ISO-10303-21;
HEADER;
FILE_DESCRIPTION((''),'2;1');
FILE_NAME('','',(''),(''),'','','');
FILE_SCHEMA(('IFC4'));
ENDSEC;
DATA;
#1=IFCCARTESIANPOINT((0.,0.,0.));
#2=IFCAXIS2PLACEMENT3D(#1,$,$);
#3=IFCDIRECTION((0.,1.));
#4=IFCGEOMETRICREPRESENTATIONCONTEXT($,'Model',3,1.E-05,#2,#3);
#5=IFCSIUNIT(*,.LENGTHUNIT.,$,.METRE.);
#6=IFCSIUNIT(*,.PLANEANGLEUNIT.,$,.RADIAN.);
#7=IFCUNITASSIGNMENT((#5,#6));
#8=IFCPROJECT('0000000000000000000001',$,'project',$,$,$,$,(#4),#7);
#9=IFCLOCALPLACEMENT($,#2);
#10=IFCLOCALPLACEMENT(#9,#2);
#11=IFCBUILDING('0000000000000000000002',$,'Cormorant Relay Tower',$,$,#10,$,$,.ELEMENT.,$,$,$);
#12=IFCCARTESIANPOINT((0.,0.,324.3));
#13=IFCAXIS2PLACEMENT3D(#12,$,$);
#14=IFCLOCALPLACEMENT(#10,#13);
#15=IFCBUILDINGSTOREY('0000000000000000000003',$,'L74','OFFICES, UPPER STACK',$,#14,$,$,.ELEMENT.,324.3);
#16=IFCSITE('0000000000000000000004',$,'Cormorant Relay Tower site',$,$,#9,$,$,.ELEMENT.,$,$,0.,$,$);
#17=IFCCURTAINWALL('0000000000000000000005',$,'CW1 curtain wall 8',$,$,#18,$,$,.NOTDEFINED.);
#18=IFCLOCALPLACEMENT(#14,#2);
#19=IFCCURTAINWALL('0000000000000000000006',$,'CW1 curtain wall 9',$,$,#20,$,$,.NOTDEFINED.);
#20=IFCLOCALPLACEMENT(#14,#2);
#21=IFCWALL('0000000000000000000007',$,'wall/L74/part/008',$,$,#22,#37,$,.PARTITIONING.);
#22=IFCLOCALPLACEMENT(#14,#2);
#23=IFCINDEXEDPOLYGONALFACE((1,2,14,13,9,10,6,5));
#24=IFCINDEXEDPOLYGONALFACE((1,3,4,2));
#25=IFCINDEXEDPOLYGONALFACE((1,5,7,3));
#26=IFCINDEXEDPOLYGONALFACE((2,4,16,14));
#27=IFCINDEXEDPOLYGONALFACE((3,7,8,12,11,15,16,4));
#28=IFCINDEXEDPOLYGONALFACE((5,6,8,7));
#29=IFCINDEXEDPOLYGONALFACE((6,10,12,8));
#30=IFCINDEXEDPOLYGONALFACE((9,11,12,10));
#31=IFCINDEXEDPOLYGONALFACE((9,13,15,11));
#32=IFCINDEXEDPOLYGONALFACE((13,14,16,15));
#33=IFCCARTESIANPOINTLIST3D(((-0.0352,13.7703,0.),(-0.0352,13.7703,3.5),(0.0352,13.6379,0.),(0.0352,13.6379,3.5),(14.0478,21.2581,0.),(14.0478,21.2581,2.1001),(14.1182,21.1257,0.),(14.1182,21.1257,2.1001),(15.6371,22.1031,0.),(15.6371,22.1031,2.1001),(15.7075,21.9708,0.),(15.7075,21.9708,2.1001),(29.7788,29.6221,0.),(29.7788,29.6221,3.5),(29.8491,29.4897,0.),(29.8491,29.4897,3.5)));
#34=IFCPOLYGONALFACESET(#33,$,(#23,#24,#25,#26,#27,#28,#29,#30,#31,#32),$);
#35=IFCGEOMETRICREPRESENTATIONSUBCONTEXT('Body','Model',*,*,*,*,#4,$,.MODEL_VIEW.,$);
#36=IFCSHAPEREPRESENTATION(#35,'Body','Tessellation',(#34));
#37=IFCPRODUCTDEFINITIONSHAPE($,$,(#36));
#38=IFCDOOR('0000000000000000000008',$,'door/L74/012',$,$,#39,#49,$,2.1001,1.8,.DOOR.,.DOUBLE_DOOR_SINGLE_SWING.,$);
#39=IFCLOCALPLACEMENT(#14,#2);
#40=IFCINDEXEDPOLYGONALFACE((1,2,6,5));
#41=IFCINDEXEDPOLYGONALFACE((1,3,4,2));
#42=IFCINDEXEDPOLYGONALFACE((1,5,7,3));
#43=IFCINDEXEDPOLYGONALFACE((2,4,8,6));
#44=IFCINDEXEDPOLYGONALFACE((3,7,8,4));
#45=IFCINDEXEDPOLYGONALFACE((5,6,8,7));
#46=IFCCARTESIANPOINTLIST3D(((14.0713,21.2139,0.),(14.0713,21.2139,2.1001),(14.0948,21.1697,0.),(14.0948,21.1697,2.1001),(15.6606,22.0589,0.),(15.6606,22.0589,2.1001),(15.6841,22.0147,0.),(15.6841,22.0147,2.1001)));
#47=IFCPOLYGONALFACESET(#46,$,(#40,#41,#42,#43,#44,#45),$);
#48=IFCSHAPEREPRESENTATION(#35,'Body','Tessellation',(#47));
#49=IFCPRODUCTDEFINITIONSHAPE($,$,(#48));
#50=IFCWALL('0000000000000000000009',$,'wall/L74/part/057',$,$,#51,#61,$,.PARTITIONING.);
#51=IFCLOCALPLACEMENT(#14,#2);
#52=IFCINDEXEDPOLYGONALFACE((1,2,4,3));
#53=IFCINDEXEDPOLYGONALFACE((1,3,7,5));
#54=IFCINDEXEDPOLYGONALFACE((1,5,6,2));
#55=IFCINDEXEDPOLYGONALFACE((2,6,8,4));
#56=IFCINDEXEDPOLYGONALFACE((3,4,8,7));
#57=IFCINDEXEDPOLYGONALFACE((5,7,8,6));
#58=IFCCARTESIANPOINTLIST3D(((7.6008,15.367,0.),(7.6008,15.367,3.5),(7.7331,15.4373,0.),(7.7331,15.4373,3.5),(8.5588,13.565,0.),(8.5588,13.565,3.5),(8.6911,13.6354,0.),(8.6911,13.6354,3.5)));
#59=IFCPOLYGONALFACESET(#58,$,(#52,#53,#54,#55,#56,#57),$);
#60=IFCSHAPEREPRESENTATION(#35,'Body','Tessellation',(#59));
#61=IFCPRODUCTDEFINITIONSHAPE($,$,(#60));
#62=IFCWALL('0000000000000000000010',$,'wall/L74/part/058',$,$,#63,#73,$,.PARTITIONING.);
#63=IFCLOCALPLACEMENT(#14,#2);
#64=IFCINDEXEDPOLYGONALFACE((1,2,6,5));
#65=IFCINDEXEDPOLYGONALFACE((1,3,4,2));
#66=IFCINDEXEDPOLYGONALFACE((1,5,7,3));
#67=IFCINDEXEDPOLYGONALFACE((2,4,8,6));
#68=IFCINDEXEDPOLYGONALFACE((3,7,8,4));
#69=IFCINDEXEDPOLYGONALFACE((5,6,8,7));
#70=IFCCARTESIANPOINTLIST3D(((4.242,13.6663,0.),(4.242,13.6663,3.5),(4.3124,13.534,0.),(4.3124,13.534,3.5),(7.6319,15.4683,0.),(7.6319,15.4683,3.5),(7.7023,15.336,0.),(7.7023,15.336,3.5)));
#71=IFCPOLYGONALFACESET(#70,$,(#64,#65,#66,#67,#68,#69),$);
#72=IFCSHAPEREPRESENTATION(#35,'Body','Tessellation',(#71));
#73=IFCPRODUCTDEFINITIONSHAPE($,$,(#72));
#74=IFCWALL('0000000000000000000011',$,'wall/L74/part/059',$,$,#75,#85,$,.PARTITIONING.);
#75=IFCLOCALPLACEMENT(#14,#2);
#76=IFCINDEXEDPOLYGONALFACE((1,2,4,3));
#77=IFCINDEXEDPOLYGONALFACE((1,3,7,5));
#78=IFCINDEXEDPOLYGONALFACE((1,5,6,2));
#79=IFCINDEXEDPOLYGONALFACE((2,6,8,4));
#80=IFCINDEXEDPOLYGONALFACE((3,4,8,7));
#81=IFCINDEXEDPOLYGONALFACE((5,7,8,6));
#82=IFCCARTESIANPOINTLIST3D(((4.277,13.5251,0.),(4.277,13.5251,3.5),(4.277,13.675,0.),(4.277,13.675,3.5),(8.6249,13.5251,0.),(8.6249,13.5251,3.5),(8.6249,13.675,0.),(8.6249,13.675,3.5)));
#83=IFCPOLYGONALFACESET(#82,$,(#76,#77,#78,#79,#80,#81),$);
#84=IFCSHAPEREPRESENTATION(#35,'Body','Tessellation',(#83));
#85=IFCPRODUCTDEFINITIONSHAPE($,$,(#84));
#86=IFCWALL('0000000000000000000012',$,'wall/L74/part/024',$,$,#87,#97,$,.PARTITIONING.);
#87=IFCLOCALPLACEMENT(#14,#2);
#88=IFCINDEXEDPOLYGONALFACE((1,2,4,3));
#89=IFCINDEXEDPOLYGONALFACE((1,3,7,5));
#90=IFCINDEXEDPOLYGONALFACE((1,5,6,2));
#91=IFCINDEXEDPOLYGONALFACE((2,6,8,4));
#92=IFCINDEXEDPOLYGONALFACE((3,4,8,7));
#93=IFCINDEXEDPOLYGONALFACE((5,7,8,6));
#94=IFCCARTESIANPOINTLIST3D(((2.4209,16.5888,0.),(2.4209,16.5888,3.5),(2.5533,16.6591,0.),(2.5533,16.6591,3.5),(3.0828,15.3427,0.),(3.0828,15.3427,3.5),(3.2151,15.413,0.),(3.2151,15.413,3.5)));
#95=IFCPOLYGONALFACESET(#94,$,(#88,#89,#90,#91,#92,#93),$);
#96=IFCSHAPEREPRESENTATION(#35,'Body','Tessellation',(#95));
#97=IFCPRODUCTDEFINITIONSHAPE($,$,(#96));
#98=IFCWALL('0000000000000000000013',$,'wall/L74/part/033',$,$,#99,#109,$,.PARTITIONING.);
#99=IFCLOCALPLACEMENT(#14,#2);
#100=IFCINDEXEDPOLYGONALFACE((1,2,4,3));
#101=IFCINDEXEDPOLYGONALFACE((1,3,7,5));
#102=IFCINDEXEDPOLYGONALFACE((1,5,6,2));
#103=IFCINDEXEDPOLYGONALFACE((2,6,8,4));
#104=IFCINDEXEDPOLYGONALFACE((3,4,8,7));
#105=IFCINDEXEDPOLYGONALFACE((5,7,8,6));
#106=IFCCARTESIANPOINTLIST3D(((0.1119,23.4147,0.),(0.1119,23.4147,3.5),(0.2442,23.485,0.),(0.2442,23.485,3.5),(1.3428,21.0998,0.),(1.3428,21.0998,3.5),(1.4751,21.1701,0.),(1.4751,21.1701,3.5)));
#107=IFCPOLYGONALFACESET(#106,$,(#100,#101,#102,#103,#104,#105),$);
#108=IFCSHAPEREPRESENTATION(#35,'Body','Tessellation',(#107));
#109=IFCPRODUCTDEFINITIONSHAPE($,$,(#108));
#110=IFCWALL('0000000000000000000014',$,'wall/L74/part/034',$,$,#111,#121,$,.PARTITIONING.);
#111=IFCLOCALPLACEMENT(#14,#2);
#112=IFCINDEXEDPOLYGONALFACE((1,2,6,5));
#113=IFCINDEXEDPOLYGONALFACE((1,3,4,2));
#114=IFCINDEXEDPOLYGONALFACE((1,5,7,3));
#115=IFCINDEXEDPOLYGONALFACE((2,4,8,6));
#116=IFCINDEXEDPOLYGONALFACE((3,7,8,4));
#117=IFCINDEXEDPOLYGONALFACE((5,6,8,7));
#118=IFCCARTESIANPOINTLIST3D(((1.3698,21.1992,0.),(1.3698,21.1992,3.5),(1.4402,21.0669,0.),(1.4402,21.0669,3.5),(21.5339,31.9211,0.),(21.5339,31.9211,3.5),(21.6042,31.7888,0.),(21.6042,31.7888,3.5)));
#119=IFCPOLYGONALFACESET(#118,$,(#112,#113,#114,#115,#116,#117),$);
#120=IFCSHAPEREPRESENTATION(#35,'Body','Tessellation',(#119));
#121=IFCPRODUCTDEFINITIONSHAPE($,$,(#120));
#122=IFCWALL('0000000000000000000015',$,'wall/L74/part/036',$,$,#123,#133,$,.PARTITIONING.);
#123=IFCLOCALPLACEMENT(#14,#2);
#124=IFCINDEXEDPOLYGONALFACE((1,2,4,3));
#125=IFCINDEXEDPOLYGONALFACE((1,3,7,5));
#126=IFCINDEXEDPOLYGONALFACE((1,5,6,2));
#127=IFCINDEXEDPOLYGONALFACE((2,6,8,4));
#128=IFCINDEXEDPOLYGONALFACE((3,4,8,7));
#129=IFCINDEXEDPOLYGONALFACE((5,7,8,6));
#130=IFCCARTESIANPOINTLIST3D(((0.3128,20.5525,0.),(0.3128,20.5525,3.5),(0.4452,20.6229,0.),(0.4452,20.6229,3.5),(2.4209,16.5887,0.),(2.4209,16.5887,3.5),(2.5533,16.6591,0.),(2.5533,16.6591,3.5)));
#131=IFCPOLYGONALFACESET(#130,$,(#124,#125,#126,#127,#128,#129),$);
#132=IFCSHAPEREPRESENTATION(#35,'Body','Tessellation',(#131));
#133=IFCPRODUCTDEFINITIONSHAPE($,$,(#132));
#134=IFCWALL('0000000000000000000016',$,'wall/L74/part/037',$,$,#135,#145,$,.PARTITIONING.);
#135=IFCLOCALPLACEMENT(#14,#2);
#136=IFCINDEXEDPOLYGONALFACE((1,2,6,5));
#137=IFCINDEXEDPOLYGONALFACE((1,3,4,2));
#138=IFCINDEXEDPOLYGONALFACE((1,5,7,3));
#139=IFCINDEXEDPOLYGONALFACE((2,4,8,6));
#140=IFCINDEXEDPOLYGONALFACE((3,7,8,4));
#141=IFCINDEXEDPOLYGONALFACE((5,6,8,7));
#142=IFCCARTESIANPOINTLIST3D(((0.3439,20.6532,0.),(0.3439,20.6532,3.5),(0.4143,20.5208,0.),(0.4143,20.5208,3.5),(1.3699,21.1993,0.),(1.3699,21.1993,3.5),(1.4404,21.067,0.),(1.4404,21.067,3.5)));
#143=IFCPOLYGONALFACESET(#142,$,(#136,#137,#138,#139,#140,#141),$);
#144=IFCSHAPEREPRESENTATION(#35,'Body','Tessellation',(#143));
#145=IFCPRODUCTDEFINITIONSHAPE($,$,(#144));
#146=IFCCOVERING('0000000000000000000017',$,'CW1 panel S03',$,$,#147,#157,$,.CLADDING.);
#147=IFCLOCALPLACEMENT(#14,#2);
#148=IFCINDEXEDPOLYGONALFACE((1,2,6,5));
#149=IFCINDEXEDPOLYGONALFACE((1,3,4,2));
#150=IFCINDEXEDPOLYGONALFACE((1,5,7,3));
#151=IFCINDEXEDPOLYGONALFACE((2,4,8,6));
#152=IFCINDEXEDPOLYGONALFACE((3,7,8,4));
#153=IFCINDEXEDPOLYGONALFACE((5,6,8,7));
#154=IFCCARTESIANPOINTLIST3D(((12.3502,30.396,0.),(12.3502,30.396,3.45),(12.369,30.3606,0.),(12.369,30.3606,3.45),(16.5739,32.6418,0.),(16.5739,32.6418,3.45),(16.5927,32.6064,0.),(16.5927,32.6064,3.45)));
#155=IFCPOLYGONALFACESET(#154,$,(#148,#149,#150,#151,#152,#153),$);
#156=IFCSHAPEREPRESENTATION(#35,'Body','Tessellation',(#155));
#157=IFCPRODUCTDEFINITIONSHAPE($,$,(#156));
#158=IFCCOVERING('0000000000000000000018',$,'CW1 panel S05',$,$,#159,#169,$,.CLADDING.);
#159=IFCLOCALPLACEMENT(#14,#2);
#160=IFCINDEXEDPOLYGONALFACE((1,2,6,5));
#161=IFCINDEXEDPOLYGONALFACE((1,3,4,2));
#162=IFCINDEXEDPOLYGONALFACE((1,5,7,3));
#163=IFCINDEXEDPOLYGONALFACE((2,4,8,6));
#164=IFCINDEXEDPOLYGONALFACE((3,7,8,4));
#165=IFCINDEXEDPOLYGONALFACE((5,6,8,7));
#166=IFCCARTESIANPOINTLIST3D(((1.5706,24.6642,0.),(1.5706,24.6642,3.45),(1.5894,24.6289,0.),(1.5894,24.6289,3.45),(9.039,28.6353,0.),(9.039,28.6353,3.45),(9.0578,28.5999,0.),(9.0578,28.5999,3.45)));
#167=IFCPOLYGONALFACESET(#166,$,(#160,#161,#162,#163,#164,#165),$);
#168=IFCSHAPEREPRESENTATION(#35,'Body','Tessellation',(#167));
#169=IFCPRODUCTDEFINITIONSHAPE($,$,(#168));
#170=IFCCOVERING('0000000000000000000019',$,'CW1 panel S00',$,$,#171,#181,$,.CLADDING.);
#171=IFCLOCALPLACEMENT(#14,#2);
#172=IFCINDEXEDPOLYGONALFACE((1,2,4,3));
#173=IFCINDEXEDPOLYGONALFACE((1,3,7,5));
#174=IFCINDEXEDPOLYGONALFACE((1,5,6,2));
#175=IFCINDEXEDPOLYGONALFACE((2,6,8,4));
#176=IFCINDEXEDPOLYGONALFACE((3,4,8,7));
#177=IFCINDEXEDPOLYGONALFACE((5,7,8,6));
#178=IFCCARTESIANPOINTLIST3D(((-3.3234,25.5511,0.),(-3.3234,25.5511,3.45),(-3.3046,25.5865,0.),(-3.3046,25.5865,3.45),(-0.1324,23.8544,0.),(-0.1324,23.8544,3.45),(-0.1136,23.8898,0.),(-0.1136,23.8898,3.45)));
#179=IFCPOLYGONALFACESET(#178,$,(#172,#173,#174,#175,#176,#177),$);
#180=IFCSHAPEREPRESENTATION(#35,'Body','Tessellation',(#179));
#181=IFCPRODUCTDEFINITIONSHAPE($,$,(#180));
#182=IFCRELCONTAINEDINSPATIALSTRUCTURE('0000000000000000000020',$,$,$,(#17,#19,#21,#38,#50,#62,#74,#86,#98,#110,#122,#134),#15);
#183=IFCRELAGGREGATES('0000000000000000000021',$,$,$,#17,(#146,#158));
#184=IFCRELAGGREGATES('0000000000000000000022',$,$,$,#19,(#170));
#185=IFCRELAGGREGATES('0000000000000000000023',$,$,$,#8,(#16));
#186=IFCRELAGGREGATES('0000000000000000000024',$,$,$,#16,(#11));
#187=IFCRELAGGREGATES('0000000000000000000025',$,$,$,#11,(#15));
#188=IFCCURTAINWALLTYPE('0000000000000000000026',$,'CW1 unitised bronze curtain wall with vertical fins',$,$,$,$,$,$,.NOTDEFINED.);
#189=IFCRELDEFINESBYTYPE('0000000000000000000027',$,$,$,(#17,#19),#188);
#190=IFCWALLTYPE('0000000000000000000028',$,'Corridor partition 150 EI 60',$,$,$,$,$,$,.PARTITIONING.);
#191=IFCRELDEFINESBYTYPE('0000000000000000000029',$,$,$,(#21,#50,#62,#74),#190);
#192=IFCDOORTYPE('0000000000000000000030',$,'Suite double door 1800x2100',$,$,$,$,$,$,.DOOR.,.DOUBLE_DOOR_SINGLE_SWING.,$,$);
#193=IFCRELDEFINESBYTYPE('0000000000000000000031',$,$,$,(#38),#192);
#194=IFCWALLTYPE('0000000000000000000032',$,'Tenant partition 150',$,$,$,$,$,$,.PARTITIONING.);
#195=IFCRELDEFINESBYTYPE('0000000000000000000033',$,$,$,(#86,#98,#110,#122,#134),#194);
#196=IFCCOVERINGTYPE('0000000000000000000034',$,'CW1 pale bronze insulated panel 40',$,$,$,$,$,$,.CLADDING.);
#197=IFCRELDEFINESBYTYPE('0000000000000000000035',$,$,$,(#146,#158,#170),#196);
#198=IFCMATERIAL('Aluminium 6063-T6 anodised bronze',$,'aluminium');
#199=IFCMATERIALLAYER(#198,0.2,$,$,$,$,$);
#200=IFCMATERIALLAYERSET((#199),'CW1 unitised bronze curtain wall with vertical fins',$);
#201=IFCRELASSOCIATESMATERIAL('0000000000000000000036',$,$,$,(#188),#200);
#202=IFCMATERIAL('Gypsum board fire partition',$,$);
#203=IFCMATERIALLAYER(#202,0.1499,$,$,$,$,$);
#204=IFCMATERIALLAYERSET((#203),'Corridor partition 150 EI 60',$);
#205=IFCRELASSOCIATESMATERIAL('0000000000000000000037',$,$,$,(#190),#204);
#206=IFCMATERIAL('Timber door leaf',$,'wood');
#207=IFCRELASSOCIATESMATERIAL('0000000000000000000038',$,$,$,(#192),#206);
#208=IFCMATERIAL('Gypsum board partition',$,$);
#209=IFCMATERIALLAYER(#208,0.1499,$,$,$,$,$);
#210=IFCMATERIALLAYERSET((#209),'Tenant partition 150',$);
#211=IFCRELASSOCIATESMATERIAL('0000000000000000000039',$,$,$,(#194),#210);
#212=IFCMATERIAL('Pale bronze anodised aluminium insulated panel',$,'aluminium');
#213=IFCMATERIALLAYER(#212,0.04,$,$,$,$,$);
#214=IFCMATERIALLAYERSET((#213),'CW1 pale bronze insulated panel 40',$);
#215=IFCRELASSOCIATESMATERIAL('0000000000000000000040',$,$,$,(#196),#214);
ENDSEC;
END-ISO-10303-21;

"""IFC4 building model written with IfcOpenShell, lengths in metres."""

from ifc_helpers import new_model, si_unit, direction, frame, frame_2d, origin, origin_2d, place, context, subcontext, project, spatial, rectangle, extrude, material, layer, layer_set, type_object, element, fill, aggregate, save


model = new_model("IFC4")

# Units and contexts
model_context = context("Model", 3, precision=1e-05, world=origin(), true_north=direction((0.0, 1.0)))
body_context = subcontext(model_context, "Body", "Model", "MODEL_VIEW")
ifc_project = project(units=[si_unit("LENGTHUNIT", "METRE"), si_unit("PLANEANGLEUNIT", "RADIAN")], contexts=[model_context])

# Site, building, storey
site_placement = place(None, origin())
site = spatial("IfcSite", under=ifc_project, at=site_placement, Name="Cormorant Relay Tower site", CompositionType="ELEMENT", RefElevation=0.0)
building_placement = place(site_placement, origin())
building = spatial("IfcBuilding", under=site, at=building_placement, Name="Cormorant Relay Tower", CompositionType="ELEMENT")
storey_placement = place(building_placement, frame((0.0, 0.0, 324.3)))
storey = spatial("IfcBuildingStorey", under=building, at=storey_placement, Name="L74", Description="OFFICES, UPPER STACK", CompositionType="ELEMENT", Elevation=324.3)

# Curtain walls
ifc_material_1 = material(Name="Aluminium 6063-T6 anodised bronze", Category="aluminium")
ifc_layer_1 = layer(ifc_material_1, 0.2)
ifc_layer_set_1 = layer_set([ifc_layer_1], Name="CW1 unitised bronze curtain wall with vertical fins")
curtain_wall_type_1 = type_object("IfcCurtainWallType", Name="CW1 unitised bronze curtain wall with vertical fins", PredefinedType="NOTDEFINED", material=ifc_layer_set_1)
curtain_wall_1_placement = place(storey_placement, origin())
curtain_wall_1 = element("IfcCurtainWall", 1, at=curtain_wall_1_placement, inside=storey, type_object=curtain_wall_type_1, Name="CW1 curtain wall 8", PredefinedType="NOTDEFINED")
curtain_wall_2_placement = place(storey_placement, origin())
curtain_wall_2 = element("IfcCurtainWall", 2, at=curtain_wall_2_placement, inside=storey, type_object=curtain_wall_type_1, Name="CW1 curtain wall 9", PredefinedType="NOTDEFINED")

# Wall, opening, door
ifc_material_2 = material(Name="Gypsum board fire partition")
ifc_layer_2 = layer(ifc_material_2, 0.1499)
ifc_layer_set_2 = layer_set([ifc_layer_2], Name="Corridor partition 150 EI 60")
wall_type_1 = type_object("IfcWallType", Name="Corridor partition 150 EI 60", PredefinedType="PARTITIONING", material=ifc_layer_set_2)
wall_1_placement = place(storey_placement, frame((0.0, 13.7041, 0.0), z_axis=(0.0, 0.0, 1.0), x_axis=(0.882954, 0.469459, 0.0)))
wall_1 = element("IfcWall", 3, at=wall_1_placement, inside=storey, type_object=wall_type_1, Name="wall/L74/part/008", PredefinedType="PARTITIONING", context=body_context, shape_type="SweptSolid", body=[
    extrude(rectangle(XDim=33.7661, YDim=0.1499, at=frame_2d((16.8831, 0.0))), origin(), (0.0, 0.0, 1.0), 3.5),
])
opening_1_placement = place(wall_1_placement, frame((15.95, 0.0, 0.0)))
opening_1 = element("IfcOpeningElement", 4, at=opening_1_placement, cuts=wall_1, PredefinedType="OPENING", context=body_context, shape_type="SweptSolid", body=[
    extrude(rectangle(XDim=1.8, YDim=2.1001, at=frame_2d((0.8999, 1.05))), frame((0.0, 0.085, 0.0), z_axis=(0.0, -1.0, 0.0), x_axis=(1.0, 0.0, 0.0)), (0.0, 0.0, 1.0), 0.1699),
])
ifc_material_3 = material(Name="Timber door leaf", Category="wood")
door_type_1 = type_object("IfcDoorType", Name="Suite double door 1800x2100", OperationType="DOUBLE_DOOR_SINGLE_SWING", PredefinedType="DOOR", material=ifc_material_3)
door_1_placement = place(opening_1_placement, origin())
door_1 = element("IfcDoor", 5, at=door_1_placement, inside=storey, type_object=door_type_1, Name="door/L74/012", OperationType="DOUBLE_DOOR_SINGLE_SWING", OverallHeight=2.1001, OverallWidth=1.8, PredefinedType="DOOR", context=body_context, shape_type="SweptSolid", body=[
    extrude(rectangle(XDim=1.8, YDim=2.1001, at=frame_2d((0.8999, 1.05))), frame((0.0, 0.0249, 0.0), z_axis=(0.0, -1.0, 0.0), x_axis=(1.0, 0.0, 0.0)), (0.0, 0.0, 1.0), 0.05),
])
fill(opening_1, door_1)

# Walls
wall_2_placement = place(storey_placement, frame((8.625, 13.6001, 0.0), z_axis=(0.0, 0.0, 1.0), x_axis=(-0.469421, 0.882975, 0.0)))
element("IfcWall", 6, at=wall_2_placement, inside=storey, type_object=wall_type_1, Name="wall/L74/part/057", PredefinedType="PARTITIONING", context=body_context, shape_type="SweptSolid", body=[
    extrude(rectangle(XDim=2.0408, YDim=0.1499, at=frame_2d((1.0205, 0.0))), origin(), (0.0, 0.0, 1.0), 3.5),
])
wall_3_placement = place(storey_placement, frame((7.667, 15.4021, 0.0), z_axis=(0.0, 0.0, 1.0), x_axis=(-0.882995, -0.469383, 0.0)))
element("IfcWall", 7, at=wall_3_placement, inside=storey, type_object=wall_type_1, Name="wall/L74/part/058", PredefinedType="PARTITIONING", context=body_context, shape_type="SweptSolid", body=[
    extrude(rectangle(XDim=3.8391, YDim=0.1499, at=frame_2d((1.9194, 0.0))), origin(), (0.0, 0.0, 1.0), 3.5),
])
wall_4_placement = place(storey_placement, frame((4.2771, 13.6001, 0.0), z_axis=(0.0, 0.0, 1.0), x_axis=(1.0, 0.0, 0.0)))
element("IfcWall", 8, at=wall_4_placement, inside=storey, type_object=wall_type_1, Name="wall/L74/part/059", PredefinedType="PARTITIONING", context=body_context, shape_type="SweptSolid", body=[
    extrude(rectangle(XDim=4.3479, YDim=0.1499, at=frame_2d((2.1738, 0.0))), origin(), (0.0, 0.0, 1.0), 3.5),
])
ifc_material_4 = material(Name="Gypsum board partition")
ifc_layer_3 = layer(ifc_material_4, 0.1499)
ifc_layer_set_3 = layer_set([ifc_layer_3], Name="Tenant partition 150")
wall_type_2 = type_object("IfcWallType", Name="Tenant partition 150", PredefinedType="PARTITIONING", material=ifc_layer_set_3)
wall_5_placement = place(storey_placement, frame((2.4871, 16.624, 0.0), z_axis=(0.0, 0.0, 1.0), x_axis=(0.469088, -0.883152, 0.0)))
element("IfcWall", 9, at=wall_5_placement, inside=storey, type_object=wall_type_2, Name="wall/L74/part/024", PredefinedType="PARTITIONING", context=body_context, shape_type="SweptSolid", body=[
    extrude(rectangle(XDim=1.4109, YDim=0.1499, at=frame_2d((0.7056, 0.0))), origin(), (0.0, 0.0, 1.0), 3.5),
])
wall_6_placement = place(storey_placement, frame((0.178, 23.45, 0.0), z_axis=(0.0, 0.0, 1.0), x_axis=(0.469496, -0.882935, 0.0)))
element("IfcWall", 10, at=wall_6_placement, inside=storey, type_object=wall_type_2, Name="wall/L74/part/033", PredefinedType="PARTITIONING", context=body_context, shape_type="SweptSolid", body=[
    extrude(rectangle(XDim=2.6218, YDim=0.1499, at=frame_2d((1.311, 0.0))), origin(), (0.0, 0.0, 1.0), 3.5),
])
wall_7_placement = place(storey_placement, frame((1.405, 21.1331, 0.0), z_axis=(0.0, 0.0, 1.0), x_axis=(0.882938, 0.469489, 0.0)))
element("IfcWall", 11, at=wall_7_placement, inside=storey, type_object=wall_type_2, Name="wall/L74/part/034", PredefinedType="PARTITIONING", context=body_context, shape_type="SweptSolid", body=[
    extrude(rectangle(XDim=22.8374, YDim=0.1499, at=frame_2d((11.4187, 0.0))), origin(), (0.0, 0.0, 1.0), 3.5),
])
wall_8_placement = place(storey_placement, frame((2.4871, 16.624, 0.0), z_axis=(0.0, 0.0, 1.0), x_axis=(-0.469563, 0.882899, 0.0)))
element("IfcWall", 12, at=wall_8_placement, inside=storey, type_object=wall_type_2, Name="wall/L74/part/036", PredefinedType="PARTITIONING", context=body_context, shape_type="SweptSolid", body=[
    extrude(rectangle(XDim=4.4895, YDim=0.1499, at=frame_2d((2.2446, 0.0))), origin(), (0.0, 0.0, 1.0), 3.5),
])
wall_9_placement = place(storey_placement, frame((1.405, 21.1331, 0.0), z_axis=(0.0, 0.0, 1.0), x_axis=(-0.882754, -0.469836, 0.0)))
element("IfcWall", 13, at=wall_9_placement, inside=storey, type_object=wall_type_2, Name="wall/L74/part/037", PredefinedType="PARTITIONING", context=body_context, shape_type="SweptSolid", body=[
    extrude(rectangle(XDim=1.1624, YDim=0.1499, at=frame_2d((0.5811, 0.0))), origin(), (0.0, 0.0, 1.0), 3.5),
])

# Coverings
ifc_material_5 = material(Name="Pale bronze anodised aluminium insulated panel", Category="aluminium")
ifc_layer_4 = layer(ifc_material_5, 0.04)
ifc_layer_set_4 = layer_set([ifc_layer_4], Name="CW1 pale bronze insulated panel 40")
covering_type = type_object("IfcCoveringType", Name="CW1 pale bronze insulated panel 40", PredefinedType="CLADDING", material=ifc_layer_set_4)
covering_1_placement = place(storey_placement, frame((14.4714, 31.5012, 0.0), z_axis=(0.0, 0.0, 1.0), x_axis=(-0.882948, -0.469472, 0.0)))
covering_1 = element("IfcCovering", 14, at=covering_1_placement, type_object=covering_type, Name="CW1 panel S03", PredefinedType="CLADDING", context=body_context, shape_type="SweptSolid", body=[
    extrude(rectangle(XDim=4.7837, YDim=0.04, at=origin_2d()), origin(), (0.0, 0.0, 1.0), 3.45),
])
covering_2_placement = place(storey_placement, frame((5.3142, 26.6321, 0.0), z_axis=(0.0, 0.0, 1.0), x_axis=(-0.882948, -0.469472, 0.0)))
covering_2 = element("IfcCovering", 15, at=covering_2_placement, type_object=covering_type, Name="CW1 panel S05", PredefinedType="CLADDING", context=body_context, shape_type="SweptSolid", body=[
    extrude(rectangle(XDim=8.4585, YDim=0.04, at=origin_2d()), origin(), (0.0, 0.0, 1.0), 3.45),
])
aggregate(curtain_wall_1, [covering_1, covering_2])
covering_3_placement = place(storey_placement, frame((-1.7185, 24.7205, 0.0), z_axis=(0.0, 0.0, 1.0), x_axis=(-0.882948, 0.469472, 0.0)))
covering_3 = element("IfcCovering", 16, at=covering_3_placement, type_object=covering_type, Name="CW1 panel S00", PredefinedType="CLADDING", context=body_context, shape_type="SweptSolid", body=[
    extrude(rectangle(XDim=3.614, YDim=0.04, at=origin_2d()), origin(), (0.0, 0.0, 1.0), 3.45),
])
aggregate(curtain_wall_2, [covering_3])

save(model, "model.ifc")
